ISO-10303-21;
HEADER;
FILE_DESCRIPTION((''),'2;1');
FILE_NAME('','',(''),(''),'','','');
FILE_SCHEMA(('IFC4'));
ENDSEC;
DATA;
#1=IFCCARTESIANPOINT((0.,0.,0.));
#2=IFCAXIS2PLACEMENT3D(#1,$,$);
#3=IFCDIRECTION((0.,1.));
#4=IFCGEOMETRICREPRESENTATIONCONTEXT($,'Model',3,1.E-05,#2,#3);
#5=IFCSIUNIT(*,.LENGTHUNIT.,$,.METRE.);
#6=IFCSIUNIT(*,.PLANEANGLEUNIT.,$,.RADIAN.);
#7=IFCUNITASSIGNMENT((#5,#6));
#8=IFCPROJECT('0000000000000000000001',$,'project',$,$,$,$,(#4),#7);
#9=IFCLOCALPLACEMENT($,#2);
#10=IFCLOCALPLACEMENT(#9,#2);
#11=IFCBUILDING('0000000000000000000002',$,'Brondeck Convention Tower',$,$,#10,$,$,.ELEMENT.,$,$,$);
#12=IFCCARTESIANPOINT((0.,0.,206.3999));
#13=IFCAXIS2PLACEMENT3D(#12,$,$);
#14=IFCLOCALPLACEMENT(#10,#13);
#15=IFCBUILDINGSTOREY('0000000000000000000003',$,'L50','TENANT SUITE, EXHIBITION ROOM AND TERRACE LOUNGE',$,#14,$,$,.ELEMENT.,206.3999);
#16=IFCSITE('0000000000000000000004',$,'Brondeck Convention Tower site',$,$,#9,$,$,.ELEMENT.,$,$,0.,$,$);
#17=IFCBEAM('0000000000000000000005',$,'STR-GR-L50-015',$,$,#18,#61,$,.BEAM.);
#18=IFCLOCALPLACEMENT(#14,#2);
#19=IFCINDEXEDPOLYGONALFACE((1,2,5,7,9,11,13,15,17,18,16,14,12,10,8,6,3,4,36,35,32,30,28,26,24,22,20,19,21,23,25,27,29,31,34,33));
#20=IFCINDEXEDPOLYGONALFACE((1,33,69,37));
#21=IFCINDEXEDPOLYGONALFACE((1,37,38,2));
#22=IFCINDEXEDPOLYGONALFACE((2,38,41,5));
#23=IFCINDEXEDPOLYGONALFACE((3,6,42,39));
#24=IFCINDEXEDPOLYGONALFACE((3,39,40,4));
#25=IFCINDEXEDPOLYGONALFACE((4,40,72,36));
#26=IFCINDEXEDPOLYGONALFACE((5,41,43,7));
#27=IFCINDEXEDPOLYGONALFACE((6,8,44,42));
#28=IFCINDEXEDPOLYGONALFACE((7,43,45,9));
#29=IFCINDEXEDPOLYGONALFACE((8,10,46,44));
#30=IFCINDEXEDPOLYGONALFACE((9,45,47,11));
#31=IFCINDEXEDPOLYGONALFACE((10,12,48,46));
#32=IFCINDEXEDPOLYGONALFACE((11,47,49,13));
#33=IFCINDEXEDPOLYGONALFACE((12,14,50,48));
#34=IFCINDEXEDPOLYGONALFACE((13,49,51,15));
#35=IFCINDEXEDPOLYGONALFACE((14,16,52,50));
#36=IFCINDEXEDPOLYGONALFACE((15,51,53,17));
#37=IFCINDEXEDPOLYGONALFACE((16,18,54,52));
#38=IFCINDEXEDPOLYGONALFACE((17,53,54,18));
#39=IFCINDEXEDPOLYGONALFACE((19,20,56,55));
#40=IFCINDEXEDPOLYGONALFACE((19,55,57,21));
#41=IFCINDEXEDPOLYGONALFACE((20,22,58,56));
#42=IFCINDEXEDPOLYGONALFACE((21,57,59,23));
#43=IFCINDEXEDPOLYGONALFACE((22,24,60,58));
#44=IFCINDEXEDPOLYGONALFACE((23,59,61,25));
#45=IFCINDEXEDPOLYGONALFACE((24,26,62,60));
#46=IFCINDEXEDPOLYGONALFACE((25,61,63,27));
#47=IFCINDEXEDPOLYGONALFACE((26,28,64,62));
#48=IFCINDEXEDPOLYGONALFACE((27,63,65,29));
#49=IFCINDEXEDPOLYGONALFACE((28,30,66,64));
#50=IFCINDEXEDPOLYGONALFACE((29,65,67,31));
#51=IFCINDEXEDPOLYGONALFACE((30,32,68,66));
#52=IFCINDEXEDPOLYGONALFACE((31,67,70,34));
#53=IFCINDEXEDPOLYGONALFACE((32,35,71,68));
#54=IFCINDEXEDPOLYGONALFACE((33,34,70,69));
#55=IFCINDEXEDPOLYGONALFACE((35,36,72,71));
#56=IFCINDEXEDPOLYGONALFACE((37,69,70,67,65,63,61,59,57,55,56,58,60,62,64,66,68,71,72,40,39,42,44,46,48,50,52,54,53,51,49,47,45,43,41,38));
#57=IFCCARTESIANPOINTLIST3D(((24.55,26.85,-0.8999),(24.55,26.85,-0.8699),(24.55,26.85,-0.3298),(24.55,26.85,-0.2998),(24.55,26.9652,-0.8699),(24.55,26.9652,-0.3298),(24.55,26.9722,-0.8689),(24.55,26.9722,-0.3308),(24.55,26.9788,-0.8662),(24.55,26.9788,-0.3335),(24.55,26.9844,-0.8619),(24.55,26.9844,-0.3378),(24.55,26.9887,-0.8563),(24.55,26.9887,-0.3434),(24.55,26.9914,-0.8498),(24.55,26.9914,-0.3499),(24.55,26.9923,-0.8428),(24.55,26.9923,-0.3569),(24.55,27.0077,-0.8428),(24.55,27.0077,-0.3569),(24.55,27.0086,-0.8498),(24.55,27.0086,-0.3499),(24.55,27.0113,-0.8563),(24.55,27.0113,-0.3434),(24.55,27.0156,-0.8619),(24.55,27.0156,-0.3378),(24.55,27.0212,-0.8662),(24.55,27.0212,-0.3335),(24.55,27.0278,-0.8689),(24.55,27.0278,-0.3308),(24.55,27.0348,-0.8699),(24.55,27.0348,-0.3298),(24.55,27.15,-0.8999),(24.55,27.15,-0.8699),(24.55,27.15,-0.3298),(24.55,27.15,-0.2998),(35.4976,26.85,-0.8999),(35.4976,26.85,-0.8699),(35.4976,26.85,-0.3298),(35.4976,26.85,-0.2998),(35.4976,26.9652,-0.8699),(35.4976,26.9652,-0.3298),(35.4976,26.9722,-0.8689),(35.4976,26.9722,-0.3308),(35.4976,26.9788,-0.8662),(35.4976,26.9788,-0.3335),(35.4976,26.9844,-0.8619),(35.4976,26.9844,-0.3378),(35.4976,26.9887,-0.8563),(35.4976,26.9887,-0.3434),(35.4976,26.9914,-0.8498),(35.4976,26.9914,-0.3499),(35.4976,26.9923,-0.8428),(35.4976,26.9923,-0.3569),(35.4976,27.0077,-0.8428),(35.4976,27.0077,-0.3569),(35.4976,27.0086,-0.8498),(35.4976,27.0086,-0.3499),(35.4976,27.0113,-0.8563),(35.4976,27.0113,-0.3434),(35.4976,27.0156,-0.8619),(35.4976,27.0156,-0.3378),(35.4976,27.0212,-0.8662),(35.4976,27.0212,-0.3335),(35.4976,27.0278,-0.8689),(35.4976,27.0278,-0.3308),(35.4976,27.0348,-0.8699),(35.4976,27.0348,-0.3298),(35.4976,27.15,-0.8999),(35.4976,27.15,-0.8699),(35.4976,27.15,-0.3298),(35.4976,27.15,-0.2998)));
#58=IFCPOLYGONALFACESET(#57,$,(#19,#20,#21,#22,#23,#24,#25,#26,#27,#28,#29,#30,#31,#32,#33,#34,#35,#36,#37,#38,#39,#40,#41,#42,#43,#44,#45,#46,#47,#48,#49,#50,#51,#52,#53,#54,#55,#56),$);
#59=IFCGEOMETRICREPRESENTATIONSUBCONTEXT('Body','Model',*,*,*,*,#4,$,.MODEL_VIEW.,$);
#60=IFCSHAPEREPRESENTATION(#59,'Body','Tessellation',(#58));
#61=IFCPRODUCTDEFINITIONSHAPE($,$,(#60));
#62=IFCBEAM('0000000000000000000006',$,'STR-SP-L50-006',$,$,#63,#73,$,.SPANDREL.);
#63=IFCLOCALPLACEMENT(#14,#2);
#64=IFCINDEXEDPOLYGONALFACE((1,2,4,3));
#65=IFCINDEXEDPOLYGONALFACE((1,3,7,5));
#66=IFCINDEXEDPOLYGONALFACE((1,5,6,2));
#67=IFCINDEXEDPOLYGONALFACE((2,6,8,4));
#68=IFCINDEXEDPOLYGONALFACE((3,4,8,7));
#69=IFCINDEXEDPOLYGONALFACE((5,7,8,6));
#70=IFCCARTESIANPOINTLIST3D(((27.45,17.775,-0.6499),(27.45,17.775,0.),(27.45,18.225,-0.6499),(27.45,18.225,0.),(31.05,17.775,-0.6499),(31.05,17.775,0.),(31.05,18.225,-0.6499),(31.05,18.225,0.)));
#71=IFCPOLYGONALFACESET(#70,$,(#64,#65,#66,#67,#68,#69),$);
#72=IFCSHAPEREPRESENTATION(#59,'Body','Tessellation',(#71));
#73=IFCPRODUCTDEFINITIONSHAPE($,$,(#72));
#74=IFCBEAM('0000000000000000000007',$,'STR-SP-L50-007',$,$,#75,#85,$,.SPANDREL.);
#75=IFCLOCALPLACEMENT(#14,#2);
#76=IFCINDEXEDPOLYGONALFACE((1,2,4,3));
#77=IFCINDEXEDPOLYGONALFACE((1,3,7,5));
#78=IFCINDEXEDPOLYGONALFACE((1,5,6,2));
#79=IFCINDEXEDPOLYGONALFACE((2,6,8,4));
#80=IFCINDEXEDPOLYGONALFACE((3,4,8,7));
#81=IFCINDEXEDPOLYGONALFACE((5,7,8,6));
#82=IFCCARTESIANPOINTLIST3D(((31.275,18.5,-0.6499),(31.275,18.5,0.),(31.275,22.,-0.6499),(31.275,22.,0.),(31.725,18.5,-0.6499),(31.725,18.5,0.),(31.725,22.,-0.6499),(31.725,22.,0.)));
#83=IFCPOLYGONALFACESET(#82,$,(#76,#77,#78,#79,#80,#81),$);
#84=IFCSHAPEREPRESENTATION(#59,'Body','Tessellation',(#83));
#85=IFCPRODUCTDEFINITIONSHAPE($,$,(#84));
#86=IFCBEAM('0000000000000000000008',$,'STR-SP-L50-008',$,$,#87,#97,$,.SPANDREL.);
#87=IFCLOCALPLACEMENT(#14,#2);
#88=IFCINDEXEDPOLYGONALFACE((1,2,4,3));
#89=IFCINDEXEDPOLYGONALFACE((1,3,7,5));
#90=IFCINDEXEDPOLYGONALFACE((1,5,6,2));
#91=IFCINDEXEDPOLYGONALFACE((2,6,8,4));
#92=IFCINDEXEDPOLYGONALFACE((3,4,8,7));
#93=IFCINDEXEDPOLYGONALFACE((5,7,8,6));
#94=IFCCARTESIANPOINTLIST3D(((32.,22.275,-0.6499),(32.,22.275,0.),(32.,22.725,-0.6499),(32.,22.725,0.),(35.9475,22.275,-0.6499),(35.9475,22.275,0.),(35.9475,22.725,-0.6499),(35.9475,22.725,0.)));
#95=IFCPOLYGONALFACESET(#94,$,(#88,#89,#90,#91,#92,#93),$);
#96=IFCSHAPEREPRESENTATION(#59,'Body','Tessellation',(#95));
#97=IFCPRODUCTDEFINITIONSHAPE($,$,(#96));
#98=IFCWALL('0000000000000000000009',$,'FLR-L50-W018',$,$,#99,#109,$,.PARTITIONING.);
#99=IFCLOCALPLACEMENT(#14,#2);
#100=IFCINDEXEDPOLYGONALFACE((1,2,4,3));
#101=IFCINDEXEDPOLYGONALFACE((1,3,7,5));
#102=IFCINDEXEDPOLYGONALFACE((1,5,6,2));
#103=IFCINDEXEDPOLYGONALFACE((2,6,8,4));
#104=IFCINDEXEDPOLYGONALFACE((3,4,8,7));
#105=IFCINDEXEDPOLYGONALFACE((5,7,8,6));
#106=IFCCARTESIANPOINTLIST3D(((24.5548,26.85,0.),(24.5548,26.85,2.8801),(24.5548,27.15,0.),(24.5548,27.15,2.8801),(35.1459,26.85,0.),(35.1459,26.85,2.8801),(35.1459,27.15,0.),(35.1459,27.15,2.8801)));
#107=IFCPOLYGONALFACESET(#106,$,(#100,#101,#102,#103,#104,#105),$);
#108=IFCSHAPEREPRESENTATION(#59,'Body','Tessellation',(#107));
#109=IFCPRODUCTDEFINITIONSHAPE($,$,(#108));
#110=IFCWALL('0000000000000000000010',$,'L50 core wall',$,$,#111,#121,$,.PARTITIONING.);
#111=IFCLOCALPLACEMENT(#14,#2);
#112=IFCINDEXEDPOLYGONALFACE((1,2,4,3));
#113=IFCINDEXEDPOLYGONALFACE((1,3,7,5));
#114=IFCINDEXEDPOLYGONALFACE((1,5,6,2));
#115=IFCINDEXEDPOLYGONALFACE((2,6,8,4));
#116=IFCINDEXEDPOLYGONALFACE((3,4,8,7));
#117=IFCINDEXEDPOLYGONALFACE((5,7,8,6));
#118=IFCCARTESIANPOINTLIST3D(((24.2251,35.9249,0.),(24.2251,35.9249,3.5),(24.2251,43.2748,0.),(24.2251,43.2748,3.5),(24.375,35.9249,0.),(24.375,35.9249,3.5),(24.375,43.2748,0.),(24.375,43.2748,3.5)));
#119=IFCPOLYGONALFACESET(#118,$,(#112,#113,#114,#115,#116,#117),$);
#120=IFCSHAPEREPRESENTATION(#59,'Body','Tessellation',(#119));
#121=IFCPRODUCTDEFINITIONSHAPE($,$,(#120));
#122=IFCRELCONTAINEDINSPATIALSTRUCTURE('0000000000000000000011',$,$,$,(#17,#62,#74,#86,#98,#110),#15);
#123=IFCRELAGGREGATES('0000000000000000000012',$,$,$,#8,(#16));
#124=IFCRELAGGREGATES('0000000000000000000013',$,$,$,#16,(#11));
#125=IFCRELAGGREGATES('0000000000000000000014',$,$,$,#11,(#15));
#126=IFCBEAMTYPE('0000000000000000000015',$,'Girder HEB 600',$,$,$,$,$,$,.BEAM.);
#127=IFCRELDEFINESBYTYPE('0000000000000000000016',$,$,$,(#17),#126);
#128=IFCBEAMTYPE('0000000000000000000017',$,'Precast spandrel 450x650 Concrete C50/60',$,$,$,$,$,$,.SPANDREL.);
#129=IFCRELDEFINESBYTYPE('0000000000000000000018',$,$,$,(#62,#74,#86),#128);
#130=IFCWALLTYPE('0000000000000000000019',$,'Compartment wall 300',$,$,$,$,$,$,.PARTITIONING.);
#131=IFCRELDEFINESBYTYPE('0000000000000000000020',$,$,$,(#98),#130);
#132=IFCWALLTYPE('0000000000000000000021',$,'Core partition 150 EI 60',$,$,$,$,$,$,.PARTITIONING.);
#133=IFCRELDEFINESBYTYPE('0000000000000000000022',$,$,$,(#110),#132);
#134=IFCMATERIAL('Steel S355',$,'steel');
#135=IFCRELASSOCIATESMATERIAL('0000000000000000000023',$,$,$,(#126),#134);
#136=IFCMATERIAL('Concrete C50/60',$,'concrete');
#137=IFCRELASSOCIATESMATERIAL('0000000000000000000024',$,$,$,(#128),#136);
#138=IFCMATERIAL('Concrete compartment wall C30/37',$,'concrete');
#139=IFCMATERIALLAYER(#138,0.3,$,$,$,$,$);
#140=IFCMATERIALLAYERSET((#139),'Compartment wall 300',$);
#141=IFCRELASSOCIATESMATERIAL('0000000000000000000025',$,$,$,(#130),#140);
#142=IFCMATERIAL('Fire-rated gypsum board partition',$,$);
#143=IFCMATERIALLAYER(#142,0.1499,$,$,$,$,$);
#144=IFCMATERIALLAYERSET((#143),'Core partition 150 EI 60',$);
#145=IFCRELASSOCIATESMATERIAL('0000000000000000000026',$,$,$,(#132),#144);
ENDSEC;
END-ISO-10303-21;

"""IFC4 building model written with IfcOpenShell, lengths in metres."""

from ifc_helpers import new_model, si_unit, direction, frame, frame_2d, origin, origin_2d, place, context, subcontext, project, spatial, rectangle, i_section, extrude, material, layer, layer_set, material_profile, profile_set, type_object, element, save


model = new_model("IFC4")

# Units and contexts
model_context = context("Model", 3, precision=1e-05, world=origin(), true_north=direction((0.0, 1.0)))
body_context = subcontext(model_context, "Body", "Model", "MODEL_VIEW")
ifc_project = project(units=[si_unit("LENGTHUNIT", "METRE"), si_unit("PLANEANGLEUNIT", "RADIAN")], contexts=[model_context])

# Site, building, storey
site_placement = place(None, origin())
site = spatial("IfcSite", under=ifc_project, at=site_placement, Name="Brondeck Convention Tower site", CompositionType="ELEMENT", RefElevation=0.0)
building_placement = place(site_placement, origin())
building = spatial("IfcBuilding", under=site, at=building_placement, Name="Brondeck Convention Tower", CompositionType="ELEMENT")
storey_placement = place(building_placement, frame((0.0, 0.0, 206.3999)))
storey = spatial("IfcBuildingStorey", under=building, at=storey_placement, Name="L50", Description="TENANT SUITE, EXHIBITION ROOM AND TERRACE LOUNGE", CompositionType="ELEMENT", Elevation=206.3999)

# Shared definitions
ifc_material_1 = material(Name="Concrete C50/60", Category="concrete")

# Beams
ifc_material_2 = material(Name="Steel S355", Category="steel")
ifc_material_profile_1 = material_profile(ifc_material_2, i_section(OverallWidth=0.3, OverallDepth=0.6001, WebThickness=0.0154, FlangeThickness=0.03, FilletRadius=0.0271, at=origin_2d()), Name="HEB 600")
ifc_profile_set_1 = profile_set([ifc_material_profile_1], Name="Steel S355")
beam_type_1 = type_object("IfcBeamType", Name="Girder HEB 600", PredefinedType="BEAM", material=ifc_profile_set_1)
beam_1_placement = place(storey_placement, frame((24.55, 27.0, -0.5999), z_axis=(1.0, 0.0, 0.0), x_axis=(0.0, 1.0, 0.0)))
element("IfcBeam", 1, at=beam_1_placement, inside=storey, type_object=beam_type_1, Name="STR-GR-L50-015", PredefinedType="BEAM", context=body_context, shape_type="SweptSolid", body=[
    extrude(i_section(OverallWidth=0.3, OverallDepth=0.6001, WebThickness=0.0154, FlangeThickness=0.03, FilletRadius=0.0271, at=origin_2d()), origin(), (0.0, 0.0, 1.0), 10.9475),
])
ifc_material_profile_2 = material_profile(ifc_material_1, rectangle(XDim=0.45, YDim=0.6499, at=origin_2d()), Name="Precast spandrel 450x650 Concrete C50/60")
ifc_profile_set_2 = profile_set([ifc_material_profile_2], Name="Concrete C50/60")
beam_type_2 = type_object("IfcBeamType", Name="Precast spandrel 450x650 Concrete C50/60", PredefinedType="SPANDREL", material=ifc_profile_set_2)
beam_2_placement = place(storey_placement, frame((27.45, 18.0, -0.325), z_axis=(1.0, 0.0, 0.0), x_axis=(0.0, 1.0, 0.0)))
element("IfcBeam", 2, at=beam_2_placement, inside=storey, type_object=beam_type_2, Name="STR-SP-L50-006", PredefinedType="SPANDREL", context=body_context, shape_type="SweptSolid", body=[
    extrude(rectangle(XDim=0.45, YDim=0.6499, at=origin_2d()), origin(), (0.0, 0.0, 1.0), 3.6001),
])
beam_3_placement = place(storey_placement, frame((31.5, 18.5, -0.325), z_axis=(0.0, 1.0, 0.0), x_axis=(-1.0, 0.0, 0.0)))
element("IfcBeam", 3, at=beam_3_placement, inside=storey, type_object=beam_type_2, Name="STR-SP-L50-007", PredefinedType="SPANDREL", context=body_context, shape_type="SweptSolid", body=[
    extrude(rectangle(XDim=0.45, YDim=0.6499, at=origin_2d()), origin(), (0.0, 0.0, 1.0), 3.5),
])
beam_4_placement = place(storey_placement, frame((32.0, 22.5, -0.325), z_axis=(1.0, 0.0, 0.0), x_axis=(0.0, 1.0, 0.0)))
element("IfcBeam", 4, at=beam_4_placement, inside=storey, type_object=beam_type_2, Name="STR-SP-L50-008", PredefinedType="SPANDREL", context=body_context, shape_type="SweptSolid", body=[
    extrude(rectangle(XDim=0.45, YDim=0.6499, at=origin_2d()), origin(), (0.0, 0.0, 1.0), 3.9475),
])

# Walls
ifc_material_3 = material(Name="Concrete compartment wall C30/37", Category="concrete")
ifc_layer_1 = layer(ifc_material_3, 0.3)
ifc_layer_set_1 = layer_set([ifc_layer_1], Name="Compartment wall 300")
wall_type_1 = type_object("IfcWallType", Name="Compartment wall 300", PredefinedType="PARTITIONING", material=ifc_layer_set_1)
wall_1_placement = place(storey_placement, frame((24.5549, 27.0, 0.0), z_axis=(0.0, 0.0, 1.0), x_axis=(1.0, 0.0, 0.0)))
element("IfcWall", 5, at=wall_1_placement, inside=storey, type_object=wall_type_1, Name="FLR-L50-W018", PredefinedType="PARTITIONING", context=body_context, shape_type="SweptSolid", body=[
    extrude(rectangle(XDim=10.5911, YDim=0.3, at=frame_2d((5.2954, 0.0))), origin(), (0.0, 0.0, 1.0), 2.8801),
])
ifc_material_4 = material(Name="Fire-rated gypsum board partition")
ifc_layer_2 = layer(ifc_material_4, 0.1499)
ifc_layer_set_2 = layer_set([ifc_layer_2], Name="Core partition 150 EI 60")
wall_type_2 = type_object("IfcWallType", Name="Core partition 150 EI 60", PredefinedType="PARTITIONING", material=ifc_layer_set_2)
wall_2_placement = place(storey_placement, frame((24.3, 35.925, 0.0), z_axis=(0.0, 0.0, 1.0), x_axis=(0.0, 1.0, 0.0)))
element("IfcWall", 6, at=wall_2_placement, inside=storey, type_object=wall_type_2, Name="L50 core wall", PredefinedType="PARTITIONING", context=body_context, shape_type="SweptSolid", body=[
    extrude(rectangle(XDim=7.3499, YDim=0.1499, at=frame_2d((3.6748, 0.0))), origin(), (0.0, 0.0, 1.0), 3.5),
])

save(model, "model.ifc")
